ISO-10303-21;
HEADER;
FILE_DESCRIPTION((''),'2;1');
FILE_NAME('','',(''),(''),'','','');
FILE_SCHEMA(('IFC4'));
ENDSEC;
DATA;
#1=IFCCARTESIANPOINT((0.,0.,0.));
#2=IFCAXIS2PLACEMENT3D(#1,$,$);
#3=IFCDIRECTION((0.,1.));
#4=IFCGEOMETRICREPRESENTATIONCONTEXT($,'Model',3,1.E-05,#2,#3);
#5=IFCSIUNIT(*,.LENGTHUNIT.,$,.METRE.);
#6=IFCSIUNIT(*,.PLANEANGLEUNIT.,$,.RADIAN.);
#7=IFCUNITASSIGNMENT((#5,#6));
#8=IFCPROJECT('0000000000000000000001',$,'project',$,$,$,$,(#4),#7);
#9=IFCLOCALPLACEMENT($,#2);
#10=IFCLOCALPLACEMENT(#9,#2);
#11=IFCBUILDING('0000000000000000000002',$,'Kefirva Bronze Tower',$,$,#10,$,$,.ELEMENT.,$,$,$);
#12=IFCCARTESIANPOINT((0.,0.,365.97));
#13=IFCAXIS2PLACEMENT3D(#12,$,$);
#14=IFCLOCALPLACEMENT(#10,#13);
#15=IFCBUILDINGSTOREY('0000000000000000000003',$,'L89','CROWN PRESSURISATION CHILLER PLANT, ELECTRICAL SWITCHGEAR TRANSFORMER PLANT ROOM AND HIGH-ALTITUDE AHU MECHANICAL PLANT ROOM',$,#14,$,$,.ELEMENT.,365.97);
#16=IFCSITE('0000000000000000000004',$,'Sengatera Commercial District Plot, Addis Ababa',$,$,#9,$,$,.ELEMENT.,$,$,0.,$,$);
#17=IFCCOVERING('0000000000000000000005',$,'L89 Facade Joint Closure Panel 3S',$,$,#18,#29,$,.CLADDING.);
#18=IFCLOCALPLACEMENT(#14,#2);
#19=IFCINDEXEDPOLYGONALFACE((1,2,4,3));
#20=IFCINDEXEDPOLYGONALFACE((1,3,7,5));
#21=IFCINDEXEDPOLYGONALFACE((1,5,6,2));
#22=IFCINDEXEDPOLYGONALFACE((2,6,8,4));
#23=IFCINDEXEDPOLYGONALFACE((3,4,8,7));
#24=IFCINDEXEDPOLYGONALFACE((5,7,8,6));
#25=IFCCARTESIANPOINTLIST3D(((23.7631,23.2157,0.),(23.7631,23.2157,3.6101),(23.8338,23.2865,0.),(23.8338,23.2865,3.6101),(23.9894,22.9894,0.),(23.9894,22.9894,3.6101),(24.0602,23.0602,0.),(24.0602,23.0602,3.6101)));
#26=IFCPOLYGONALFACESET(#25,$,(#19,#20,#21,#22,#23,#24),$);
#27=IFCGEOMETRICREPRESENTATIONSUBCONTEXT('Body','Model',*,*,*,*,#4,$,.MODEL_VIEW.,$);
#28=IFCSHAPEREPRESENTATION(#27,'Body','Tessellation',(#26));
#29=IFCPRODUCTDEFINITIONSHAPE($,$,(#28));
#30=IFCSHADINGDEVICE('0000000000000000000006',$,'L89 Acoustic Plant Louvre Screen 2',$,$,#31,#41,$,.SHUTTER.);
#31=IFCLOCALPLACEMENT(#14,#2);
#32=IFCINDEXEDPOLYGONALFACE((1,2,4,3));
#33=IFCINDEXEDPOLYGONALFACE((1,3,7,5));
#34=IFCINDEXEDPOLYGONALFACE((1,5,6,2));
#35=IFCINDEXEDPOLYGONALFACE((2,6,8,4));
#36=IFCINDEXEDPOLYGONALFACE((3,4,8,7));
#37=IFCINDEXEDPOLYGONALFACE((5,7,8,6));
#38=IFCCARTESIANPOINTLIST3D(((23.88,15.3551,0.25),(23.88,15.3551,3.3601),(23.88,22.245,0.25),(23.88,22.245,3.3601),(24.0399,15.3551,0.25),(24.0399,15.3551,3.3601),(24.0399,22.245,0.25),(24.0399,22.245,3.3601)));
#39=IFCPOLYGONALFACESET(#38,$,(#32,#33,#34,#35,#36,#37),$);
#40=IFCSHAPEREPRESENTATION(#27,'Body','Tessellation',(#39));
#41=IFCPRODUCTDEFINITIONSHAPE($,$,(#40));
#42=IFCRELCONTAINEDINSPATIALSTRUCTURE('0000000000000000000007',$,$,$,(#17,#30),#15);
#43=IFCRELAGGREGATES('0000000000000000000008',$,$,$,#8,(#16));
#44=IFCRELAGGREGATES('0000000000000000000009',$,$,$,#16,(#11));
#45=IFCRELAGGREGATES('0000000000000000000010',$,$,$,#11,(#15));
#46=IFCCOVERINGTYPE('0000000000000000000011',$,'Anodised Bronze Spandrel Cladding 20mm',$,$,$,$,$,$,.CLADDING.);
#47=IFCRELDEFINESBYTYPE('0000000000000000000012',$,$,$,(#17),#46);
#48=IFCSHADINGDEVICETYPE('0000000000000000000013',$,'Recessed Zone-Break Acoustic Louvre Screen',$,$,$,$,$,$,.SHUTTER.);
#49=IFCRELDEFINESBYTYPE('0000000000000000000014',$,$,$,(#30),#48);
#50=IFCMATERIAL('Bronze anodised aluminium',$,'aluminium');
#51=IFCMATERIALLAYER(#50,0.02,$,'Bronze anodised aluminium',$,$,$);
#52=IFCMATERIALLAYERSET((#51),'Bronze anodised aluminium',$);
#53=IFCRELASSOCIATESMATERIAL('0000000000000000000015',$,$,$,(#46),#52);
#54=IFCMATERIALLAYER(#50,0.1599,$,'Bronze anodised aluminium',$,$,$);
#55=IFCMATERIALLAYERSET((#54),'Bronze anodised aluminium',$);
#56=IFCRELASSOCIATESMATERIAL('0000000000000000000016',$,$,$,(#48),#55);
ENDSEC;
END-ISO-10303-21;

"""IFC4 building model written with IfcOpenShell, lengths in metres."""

from ifc_helpers import new_model, si_unit, direction, frame, origin, origin_2d, place, context, subcontext, project, spatial, rectangle, extrude, material, layer, layer_set, type_object, element, save


model = new_model("IFC4")

# Units and contexts
model_context = context("Model", 3, precision=1e-05, world=origin(), true_north=direction((0.0, 1.0)))
body_context = subcontext(model_context, "Body", "Model", "MODEL_VIEW")
ifc_project = project(units=[si_unit("LENGTHUNIT", "METRE"), si_unit("PLANEANGLEUNIT", "RADIAN")], contexts=[model_context])

# Site, building, storey
site_placement = place(None, origin())
site = spatial("IfcSite", under=ifc_project, at=site_placement, Name="Sengatera Commercial District Plot, Addis Ababa", CompositionType="ELEMENT", RefElevation=0.0)
building_placement = place(site_placement, origin())
building = spatial("IfcBuilding", under=site, at=building_placement, Name="Kefirva Bronze Tower", CompositionType="ELEMENT")
storey_placement = place(building_placement, frame((0.0, 0.0, 365.97)))
storey = spatial("IfcBuildingStorey", under=building, at=storey_placement, Name="L89", Description="CROWN PRESSURISATION CHILLER PLANT, ELECTRICAL SWITCHGEAR TRANSFORMER PLANT ROOM AND HIGH-ALTITUDE AHU MECHANICAL PLANT ROOM", CompositionType="ELEMENT", Elevation=365.97)

# Covering
ifc_material_1 = material(Name="Bronze anodised aluminium", Category="aluminium")
ifc_layer_1 = layer(ifc_material_1, 0.02, Name="Bronze anodised aluminium")
ifc_layer_set_1 = layer_set([ifc_layer_1], Name="Bronze anodised aluminium")
covering_type = type_object("IfcCoveringType", Name="Anodised Bronze Spandrel Cladding 20mm", PredefinedType="CLADDING", material=ifc_layer_set_1)
covering_1_placement = place(storey_placement, frame((23.9116, 23.1379, 0.0), z_axis=(0.0, 0.0, 1.0), x_axis=(0.707107, 0.707107, 0.0)))
element("IfcCovering", 1, at=covering_1_placement, inside=storey, type_object=covering_type, Name="L89 Facade Joint Closure Panel 3S", PredefinedType="CLADDING", context=body_context, shape_type="SweptSolid", body=[
    extrude(rectangle(XDim=0.1001, YDim=0.3201, at=origin_2d()), origin(), (0.0, 0.0, 1.0), 3.6101),
])

# Shading device
ifc_layer_2 = layer(ifc_material_1, 0.1599, Name="Bronze anodised aluminium")
ifc_layer_set_2 = layer_set([ifc_layer_2], Name="Bronze anodised aluminium")
shading_device_type = type_object("IfcShadingDeviceType", Name="Recessed Zone-Break Acoustic Louvre Screen", PredefinedType="SHUTTER", material=ifc_layer_set_2)
shading_device_placement = place(storey_placement, frame((23.96, 18.8, 0.25), z_axis=(0.0, 0.0, 1.0), x_axis=(0.0, 1.0, 0.0)))
element("IfcShadingDevice", 2, at=shading_device_placement, inside=storey, type_object=shading_device_type, Name="L89 Acoustic Plant Louvre Screen 2", PredefinedType="SHUTTER", context=body_context, shape_type="SweptSolid", body=[
    extrude(rectangle(XDim=6.8899, YDim=0.1599, at=origin_2d()), origin(), (0.0, 0.0, 1.0), 3.1101),
])

save(model, "model.ifc")
